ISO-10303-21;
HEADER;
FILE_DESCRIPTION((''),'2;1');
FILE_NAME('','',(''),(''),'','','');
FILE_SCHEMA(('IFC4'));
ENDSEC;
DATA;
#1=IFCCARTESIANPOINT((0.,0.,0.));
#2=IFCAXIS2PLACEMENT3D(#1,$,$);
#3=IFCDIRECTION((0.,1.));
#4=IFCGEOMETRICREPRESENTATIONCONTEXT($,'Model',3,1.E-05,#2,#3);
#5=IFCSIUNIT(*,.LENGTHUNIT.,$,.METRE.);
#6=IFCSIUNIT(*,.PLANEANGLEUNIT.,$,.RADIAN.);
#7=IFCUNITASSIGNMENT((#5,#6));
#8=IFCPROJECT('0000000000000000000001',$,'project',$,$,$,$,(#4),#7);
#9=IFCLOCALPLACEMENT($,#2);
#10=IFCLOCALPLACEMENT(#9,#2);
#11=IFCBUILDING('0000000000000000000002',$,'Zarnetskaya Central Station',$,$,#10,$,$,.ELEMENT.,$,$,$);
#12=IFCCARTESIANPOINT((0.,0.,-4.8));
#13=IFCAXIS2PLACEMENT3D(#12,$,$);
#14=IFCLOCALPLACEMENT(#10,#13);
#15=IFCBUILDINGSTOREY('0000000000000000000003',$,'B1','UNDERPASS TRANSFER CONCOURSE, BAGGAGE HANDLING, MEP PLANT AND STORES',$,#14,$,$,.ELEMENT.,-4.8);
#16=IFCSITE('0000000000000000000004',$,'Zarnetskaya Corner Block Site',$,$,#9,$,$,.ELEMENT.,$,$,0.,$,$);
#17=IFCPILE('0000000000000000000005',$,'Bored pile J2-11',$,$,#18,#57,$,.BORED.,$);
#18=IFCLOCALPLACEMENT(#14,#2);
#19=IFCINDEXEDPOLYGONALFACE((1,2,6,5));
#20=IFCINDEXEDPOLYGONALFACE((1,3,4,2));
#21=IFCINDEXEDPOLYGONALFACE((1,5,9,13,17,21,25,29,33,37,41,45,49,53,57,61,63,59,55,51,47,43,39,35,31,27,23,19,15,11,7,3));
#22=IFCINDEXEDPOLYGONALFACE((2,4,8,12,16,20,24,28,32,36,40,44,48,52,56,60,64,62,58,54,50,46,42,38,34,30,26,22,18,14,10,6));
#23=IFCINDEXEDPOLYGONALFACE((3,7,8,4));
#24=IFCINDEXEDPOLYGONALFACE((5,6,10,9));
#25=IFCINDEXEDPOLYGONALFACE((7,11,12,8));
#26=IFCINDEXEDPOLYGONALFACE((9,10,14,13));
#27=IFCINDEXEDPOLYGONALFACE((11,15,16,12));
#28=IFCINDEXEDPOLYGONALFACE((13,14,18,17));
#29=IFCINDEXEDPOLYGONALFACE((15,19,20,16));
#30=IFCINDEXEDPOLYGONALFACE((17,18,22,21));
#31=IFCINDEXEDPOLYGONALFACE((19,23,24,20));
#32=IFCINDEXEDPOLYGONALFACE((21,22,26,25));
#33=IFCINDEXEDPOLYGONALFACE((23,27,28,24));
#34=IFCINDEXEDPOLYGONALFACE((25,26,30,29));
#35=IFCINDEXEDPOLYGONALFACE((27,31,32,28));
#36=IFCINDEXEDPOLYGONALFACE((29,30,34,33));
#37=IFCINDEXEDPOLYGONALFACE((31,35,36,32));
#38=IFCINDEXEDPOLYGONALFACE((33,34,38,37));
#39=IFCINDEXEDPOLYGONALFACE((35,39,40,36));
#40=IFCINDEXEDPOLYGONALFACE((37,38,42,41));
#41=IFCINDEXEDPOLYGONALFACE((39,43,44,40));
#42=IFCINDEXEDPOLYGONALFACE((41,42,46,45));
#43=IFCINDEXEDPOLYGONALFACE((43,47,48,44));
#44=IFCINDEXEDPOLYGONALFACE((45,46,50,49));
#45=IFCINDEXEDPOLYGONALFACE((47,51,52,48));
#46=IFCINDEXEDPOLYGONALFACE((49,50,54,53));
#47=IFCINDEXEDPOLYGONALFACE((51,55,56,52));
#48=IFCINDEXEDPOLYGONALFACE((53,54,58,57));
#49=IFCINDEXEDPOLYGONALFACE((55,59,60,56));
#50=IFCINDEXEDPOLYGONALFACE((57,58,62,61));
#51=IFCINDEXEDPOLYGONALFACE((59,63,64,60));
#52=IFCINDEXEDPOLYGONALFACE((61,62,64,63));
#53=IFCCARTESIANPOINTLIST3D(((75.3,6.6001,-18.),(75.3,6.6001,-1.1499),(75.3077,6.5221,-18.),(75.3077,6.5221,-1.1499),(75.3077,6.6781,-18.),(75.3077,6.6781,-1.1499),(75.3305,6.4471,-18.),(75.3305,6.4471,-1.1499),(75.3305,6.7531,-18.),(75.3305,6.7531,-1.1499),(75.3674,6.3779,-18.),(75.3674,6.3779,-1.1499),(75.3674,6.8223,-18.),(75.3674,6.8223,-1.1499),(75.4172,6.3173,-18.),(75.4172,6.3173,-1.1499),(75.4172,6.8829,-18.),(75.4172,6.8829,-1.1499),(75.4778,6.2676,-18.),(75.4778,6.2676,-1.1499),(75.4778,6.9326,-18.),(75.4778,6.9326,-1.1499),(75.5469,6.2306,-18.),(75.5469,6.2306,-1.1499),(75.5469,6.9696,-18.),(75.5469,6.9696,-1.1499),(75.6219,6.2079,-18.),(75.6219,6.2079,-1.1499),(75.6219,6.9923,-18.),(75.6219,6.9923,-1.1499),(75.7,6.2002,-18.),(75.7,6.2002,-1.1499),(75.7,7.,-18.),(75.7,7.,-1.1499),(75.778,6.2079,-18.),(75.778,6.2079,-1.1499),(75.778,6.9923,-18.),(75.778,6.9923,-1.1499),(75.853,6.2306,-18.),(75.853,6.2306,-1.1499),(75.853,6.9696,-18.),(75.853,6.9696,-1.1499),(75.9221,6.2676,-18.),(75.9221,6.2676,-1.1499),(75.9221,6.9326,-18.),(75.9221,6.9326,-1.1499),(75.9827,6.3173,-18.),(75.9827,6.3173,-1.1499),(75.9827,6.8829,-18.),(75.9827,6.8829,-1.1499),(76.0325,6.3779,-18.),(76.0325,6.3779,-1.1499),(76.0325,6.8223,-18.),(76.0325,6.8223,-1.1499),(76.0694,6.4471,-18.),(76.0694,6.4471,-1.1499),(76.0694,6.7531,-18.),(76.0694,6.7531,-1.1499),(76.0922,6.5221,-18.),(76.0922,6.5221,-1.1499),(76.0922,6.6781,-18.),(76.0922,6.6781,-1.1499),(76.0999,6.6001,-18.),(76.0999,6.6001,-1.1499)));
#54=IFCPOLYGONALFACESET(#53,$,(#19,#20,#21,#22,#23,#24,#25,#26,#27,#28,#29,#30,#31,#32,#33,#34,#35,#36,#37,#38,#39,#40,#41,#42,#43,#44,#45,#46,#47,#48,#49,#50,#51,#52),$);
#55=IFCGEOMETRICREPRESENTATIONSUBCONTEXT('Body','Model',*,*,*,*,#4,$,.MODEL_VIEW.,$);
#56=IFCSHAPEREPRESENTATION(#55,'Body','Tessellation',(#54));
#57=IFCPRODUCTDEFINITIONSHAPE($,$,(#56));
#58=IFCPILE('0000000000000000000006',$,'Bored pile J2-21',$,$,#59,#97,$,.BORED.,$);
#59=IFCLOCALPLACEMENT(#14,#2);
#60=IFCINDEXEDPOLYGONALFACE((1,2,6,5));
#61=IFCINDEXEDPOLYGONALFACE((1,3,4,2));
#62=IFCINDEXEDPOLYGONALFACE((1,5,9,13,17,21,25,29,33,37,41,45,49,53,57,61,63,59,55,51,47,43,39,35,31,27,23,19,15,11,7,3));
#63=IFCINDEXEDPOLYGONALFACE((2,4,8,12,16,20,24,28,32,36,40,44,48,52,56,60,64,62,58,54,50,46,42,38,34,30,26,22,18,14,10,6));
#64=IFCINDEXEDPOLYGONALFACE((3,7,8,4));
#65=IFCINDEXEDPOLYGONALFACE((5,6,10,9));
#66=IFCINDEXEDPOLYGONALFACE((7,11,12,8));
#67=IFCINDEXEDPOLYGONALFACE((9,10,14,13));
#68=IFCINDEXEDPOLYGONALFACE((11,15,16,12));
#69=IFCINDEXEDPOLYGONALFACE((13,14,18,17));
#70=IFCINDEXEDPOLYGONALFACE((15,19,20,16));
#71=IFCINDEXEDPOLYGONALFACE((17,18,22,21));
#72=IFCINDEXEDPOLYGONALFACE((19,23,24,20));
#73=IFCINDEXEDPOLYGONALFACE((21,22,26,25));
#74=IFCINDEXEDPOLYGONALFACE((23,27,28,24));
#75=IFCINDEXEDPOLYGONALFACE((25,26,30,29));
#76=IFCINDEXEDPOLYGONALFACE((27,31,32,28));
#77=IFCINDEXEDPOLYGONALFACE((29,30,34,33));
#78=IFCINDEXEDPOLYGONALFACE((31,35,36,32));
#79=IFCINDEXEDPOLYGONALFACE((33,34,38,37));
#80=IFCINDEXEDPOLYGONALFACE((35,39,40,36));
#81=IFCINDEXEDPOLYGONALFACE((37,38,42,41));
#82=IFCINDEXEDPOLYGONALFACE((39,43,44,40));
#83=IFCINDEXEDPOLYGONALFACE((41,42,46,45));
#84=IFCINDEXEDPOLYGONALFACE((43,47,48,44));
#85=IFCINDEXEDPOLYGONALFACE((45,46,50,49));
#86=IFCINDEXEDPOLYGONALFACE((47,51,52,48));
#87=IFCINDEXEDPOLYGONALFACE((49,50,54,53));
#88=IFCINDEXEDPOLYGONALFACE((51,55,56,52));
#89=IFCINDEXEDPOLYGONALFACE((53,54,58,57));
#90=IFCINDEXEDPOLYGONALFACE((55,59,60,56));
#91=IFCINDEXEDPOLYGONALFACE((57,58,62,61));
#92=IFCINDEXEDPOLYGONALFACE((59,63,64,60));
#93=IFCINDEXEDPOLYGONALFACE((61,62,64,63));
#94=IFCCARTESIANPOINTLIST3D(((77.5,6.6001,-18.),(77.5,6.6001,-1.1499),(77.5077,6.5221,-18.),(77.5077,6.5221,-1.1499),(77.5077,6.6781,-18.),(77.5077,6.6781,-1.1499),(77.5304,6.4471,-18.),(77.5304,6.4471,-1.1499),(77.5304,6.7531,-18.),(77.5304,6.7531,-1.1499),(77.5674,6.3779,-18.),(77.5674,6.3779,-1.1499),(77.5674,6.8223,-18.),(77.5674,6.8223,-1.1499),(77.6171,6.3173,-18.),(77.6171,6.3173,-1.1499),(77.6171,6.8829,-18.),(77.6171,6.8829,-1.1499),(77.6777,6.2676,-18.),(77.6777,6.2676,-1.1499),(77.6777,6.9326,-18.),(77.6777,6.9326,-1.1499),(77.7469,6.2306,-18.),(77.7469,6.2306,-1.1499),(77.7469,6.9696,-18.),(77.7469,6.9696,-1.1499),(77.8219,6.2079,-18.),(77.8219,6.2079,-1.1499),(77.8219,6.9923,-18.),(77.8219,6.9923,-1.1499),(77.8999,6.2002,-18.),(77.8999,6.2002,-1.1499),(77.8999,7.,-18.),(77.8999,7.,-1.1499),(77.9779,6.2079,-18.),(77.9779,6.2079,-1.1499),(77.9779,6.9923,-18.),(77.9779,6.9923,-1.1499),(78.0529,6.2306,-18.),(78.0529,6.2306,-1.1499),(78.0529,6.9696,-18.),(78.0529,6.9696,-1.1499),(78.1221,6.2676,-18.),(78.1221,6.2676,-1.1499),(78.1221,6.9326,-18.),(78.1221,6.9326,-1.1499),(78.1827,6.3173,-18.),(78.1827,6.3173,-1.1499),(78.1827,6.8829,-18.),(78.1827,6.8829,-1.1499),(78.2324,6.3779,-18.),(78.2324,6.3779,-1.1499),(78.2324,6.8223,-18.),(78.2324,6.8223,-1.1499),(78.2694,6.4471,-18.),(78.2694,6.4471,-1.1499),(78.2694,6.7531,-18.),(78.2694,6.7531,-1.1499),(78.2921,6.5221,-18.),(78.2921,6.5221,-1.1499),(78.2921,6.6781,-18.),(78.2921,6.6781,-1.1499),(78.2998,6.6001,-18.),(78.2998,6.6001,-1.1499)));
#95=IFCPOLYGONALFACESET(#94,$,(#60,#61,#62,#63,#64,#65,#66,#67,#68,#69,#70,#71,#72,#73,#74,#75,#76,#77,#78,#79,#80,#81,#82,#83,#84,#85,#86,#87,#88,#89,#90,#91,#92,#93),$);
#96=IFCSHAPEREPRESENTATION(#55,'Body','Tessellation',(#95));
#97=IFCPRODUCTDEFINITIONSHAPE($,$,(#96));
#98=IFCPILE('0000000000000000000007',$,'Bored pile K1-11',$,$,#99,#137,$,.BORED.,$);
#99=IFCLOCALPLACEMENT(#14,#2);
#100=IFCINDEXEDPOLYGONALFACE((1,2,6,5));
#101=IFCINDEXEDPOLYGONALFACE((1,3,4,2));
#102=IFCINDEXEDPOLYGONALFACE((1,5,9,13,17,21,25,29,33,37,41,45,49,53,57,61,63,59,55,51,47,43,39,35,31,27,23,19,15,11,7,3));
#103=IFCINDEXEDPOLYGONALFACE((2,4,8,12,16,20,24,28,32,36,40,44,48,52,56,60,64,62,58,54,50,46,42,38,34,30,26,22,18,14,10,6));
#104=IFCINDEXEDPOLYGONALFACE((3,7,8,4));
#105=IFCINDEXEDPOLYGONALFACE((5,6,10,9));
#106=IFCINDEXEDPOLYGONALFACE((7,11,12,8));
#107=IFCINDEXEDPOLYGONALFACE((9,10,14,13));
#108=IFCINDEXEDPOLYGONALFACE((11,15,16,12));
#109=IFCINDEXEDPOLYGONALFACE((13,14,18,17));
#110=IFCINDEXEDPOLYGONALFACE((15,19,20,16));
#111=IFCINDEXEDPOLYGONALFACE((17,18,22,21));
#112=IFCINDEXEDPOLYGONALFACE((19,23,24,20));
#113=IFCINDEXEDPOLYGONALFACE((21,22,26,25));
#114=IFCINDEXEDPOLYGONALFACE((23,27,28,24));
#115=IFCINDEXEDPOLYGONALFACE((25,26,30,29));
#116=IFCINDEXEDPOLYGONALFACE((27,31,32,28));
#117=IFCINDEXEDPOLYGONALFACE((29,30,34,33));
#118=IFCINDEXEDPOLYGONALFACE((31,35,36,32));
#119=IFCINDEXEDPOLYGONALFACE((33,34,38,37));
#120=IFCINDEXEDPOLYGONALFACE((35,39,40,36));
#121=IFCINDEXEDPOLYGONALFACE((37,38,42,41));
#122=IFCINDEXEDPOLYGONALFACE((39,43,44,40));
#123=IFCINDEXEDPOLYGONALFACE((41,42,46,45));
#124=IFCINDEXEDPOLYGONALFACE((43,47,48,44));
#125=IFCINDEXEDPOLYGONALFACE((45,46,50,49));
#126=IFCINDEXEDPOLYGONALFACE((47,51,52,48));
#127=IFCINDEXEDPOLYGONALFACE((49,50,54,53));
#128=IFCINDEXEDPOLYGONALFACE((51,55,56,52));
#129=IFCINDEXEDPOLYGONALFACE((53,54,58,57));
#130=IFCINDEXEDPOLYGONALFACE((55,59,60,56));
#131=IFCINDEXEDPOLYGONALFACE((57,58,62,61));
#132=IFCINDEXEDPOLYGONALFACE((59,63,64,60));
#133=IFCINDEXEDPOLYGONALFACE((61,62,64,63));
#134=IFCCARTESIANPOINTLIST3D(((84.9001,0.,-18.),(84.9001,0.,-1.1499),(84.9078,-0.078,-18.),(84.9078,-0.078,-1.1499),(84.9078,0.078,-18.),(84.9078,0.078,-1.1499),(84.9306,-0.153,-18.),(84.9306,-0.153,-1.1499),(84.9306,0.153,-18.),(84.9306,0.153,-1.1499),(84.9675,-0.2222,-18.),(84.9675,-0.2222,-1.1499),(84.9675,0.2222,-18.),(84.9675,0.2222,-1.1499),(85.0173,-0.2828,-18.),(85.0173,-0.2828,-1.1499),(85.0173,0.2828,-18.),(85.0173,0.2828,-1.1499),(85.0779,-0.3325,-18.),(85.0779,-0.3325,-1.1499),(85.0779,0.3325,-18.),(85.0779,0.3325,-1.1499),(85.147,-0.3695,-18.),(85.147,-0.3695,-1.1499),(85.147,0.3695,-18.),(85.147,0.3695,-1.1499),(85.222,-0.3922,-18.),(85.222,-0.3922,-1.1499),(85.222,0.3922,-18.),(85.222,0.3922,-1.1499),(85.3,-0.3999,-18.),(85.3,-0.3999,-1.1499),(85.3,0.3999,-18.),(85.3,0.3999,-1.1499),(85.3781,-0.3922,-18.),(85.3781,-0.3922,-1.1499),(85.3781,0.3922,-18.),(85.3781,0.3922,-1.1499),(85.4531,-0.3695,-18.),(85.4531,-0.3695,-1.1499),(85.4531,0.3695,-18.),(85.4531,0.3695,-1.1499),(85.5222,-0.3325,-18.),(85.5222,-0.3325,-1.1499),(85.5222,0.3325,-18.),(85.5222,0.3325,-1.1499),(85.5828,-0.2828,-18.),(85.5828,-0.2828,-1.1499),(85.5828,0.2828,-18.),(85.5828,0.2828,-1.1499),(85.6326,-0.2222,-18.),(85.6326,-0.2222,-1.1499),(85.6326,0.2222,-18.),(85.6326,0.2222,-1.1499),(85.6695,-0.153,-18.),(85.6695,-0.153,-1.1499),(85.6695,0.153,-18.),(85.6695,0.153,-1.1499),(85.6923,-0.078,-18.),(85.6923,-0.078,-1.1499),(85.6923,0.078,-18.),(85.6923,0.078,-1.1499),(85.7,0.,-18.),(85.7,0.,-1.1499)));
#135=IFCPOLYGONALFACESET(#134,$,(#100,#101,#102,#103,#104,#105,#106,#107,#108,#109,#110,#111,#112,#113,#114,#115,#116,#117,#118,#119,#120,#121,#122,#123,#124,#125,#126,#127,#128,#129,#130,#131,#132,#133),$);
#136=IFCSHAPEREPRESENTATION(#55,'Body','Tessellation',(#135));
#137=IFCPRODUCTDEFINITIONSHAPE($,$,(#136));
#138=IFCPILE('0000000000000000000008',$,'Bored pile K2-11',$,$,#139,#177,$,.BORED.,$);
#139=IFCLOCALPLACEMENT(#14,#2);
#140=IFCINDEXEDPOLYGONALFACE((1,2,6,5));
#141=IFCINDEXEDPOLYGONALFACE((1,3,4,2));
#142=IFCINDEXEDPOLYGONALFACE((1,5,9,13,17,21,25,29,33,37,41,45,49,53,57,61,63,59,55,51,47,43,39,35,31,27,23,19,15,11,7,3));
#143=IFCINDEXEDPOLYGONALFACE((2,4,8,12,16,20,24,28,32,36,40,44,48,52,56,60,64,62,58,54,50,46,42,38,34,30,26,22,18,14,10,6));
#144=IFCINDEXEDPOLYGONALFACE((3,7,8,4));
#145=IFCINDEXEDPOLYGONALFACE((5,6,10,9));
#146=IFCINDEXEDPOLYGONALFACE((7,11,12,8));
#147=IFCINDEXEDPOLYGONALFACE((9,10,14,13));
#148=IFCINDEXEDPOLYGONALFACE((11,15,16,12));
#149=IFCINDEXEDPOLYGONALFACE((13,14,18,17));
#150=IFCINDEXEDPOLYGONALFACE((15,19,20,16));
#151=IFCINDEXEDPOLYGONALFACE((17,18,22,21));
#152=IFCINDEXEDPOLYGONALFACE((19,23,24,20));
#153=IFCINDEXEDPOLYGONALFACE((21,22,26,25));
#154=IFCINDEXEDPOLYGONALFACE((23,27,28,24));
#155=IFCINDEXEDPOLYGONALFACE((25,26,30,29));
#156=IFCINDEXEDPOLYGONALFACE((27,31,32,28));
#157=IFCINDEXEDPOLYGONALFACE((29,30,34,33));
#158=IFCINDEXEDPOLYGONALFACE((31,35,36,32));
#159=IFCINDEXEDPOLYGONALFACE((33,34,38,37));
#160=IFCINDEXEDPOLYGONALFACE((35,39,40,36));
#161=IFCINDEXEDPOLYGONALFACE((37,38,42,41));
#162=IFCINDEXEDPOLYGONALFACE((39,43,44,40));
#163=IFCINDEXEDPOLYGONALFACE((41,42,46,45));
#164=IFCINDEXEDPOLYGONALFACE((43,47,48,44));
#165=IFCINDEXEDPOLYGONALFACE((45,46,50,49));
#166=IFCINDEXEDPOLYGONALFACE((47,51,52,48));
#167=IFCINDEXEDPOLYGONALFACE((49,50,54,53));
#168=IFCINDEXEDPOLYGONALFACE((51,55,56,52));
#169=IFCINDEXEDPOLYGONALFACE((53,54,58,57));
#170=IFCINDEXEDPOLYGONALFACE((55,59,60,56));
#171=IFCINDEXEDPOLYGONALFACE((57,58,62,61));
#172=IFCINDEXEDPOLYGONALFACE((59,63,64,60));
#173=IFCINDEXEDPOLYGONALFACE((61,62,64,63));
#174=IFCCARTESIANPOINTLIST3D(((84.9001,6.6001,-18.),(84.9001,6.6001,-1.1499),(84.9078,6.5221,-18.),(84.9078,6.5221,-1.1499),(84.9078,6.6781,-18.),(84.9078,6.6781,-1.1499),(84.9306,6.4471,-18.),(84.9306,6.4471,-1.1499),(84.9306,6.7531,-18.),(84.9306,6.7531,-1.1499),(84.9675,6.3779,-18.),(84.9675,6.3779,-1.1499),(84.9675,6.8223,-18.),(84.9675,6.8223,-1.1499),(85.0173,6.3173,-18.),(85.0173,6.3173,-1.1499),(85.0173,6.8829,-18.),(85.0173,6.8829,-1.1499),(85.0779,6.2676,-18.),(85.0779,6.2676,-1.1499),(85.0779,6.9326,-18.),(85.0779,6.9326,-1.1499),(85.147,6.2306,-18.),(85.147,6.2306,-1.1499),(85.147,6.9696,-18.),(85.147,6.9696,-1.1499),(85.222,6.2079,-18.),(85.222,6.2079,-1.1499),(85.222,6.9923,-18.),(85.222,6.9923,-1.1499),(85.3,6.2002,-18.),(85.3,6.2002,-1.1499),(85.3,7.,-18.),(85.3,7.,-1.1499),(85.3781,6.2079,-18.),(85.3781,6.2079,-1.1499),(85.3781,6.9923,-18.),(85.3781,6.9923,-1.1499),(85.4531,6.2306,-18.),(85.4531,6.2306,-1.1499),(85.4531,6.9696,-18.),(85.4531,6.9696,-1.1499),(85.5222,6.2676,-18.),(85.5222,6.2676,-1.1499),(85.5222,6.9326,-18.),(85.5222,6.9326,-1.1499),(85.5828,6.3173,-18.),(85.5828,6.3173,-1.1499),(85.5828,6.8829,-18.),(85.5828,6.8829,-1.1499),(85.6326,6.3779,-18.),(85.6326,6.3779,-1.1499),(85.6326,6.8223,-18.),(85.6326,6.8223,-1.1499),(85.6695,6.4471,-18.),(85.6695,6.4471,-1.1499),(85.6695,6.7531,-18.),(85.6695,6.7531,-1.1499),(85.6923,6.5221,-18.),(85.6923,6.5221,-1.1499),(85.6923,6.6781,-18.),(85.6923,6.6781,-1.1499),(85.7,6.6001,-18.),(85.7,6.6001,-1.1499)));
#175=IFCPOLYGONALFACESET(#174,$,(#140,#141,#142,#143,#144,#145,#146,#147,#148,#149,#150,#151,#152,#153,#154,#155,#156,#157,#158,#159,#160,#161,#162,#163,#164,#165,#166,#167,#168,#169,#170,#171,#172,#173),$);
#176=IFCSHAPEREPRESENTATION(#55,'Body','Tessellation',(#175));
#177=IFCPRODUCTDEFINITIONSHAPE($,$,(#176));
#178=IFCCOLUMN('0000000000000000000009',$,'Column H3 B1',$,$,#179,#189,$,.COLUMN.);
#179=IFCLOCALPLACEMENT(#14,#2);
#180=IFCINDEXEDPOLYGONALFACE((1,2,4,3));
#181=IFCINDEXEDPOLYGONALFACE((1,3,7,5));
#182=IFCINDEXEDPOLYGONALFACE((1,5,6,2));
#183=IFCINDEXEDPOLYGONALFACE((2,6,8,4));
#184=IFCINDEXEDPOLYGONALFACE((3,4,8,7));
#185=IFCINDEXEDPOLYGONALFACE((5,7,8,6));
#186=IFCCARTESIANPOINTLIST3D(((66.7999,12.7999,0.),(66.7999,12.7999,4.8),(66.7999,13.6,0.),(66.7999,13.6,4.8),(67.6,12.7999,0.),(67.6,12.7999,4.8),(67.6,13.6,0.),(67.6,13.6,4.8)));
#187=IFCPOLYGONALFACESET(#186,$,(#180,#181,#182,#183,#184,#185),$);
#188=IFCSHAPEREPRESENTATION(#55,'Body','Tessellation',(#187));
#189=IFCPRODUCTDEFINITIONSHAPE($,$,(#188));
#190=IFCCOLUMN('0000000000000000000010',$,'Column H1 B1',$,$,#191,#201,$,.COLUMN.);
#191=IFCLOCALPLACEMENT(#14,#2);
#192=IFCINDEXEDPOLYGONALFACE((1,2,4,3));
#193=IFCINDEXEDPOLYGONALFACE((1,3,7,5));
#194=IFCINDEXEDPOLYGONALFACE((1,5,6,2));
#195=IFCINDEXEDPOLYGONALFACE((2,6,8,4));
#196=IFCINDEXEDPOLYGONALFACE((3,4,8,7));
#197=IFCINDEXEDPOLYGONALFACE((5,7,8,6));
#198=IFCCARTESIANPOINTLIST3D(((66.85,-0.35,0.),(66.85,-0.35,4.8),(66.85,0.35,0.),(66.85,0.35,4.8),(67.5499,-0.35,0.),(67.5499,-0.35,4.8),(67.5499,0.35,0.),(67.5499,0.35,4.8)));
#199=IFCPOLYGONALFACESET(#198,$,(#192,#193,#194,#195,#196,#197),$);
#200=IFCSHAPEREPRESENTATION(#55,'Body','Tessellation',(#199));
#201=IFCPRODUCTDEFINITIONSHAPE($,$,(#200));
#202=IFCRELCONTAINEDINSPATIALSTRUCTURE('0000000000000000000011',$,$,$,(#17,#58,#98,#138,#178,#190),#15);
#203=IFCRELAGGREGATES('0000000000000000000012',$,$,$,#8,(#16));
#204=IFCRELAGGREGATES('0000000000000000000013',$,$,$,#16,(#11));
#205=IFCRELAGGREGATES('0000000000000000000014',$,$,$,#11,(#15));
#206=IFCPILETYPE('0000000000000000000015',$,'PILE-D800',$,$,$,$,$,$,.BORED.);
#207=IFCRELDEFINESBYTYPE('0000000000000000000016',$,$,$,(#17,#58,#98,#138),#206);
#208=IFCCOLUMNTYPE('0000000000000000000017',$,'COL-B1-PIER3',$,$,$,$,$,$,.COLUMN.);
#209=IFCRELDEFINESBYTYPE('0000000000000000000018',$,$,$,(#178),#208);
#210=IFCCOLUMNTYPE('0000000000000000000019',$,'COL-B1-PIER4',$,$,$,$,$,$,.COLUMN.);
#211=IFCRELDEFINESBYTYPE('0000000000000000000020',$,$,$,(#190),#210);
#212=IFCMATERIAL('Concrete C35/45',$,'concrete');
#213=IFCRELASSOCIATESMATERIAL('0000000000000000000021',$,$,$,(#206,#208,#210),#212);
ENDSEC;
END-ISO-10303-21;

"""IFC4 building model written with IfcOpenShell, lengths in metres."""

from ifc_helpers import new_model, si_unit, direction, frame, origin, origin_2d, place, context, subcontext, project, spatial, rectangle, circle, extrude, material, material_profile, profile_set, type_object, element, save


model = new_model("IFC4")

# Units and contexts
model_context = context("Model", 3, precision=1e-05, world=origin(), true_north=direction((0.0, 1.0)))
body_context = subcontext(model_context, "Body", "Model", "MODEL_VIEW")
ifc_project = project(units=[si_unit("LENGTHUNIT", "METRE"), si_unit("PLANEANGLEUNIT", "RADIAN")], contexts=[model_context])

# Site, building, storey
site_placement = place(None, origin())
site = spatial("IfcSite", under=ifc_project, at=site_placement, Name="Zarnetskaya Corner Block Site", CompositionType="ELEMENT", RefElevation=0.0)
building_placement = place(site_placement, origin())
building = spatial("IfcBuilding", under=site, at=building_placement, Name="Zarnetskaya Central Station", CompositionType="ELEMENT")
storey_placement = place(building_placement, frame((0.0, 0.0, -4.8)))
storey = spatial("IfcBuildingStorey", under=building, at=storey_placement, Name="B1", Description="UNDERPASS TRANSFER CONCOURSE, BAGGAGE HANDLING, MEP PLANT AND STORES", CompositionType="ELEMENT", Elevation=-4.8)

# Shared definitions
ifc_material_1 = material(Name="Concrete C35/45", Category="concrete")

# Piles
ifc_material_profile_1 = material_profile(ifc_material_1, circle(Radius=0.3999, at=origin_2d()), Name="BORED PILE D800")
ifc_profile_set_1 = profile_set([ifc_material_profile_1], Name="Concrete C35/45")
pile_type_1 = type_object("IfcPileType", Name="PILE-D800", PredefinedType="BORED", material=ifc_profile_set_1)
for number, where, z_axis, x_axis, name in (
    (1, (75.7, 6.6001, -1.1499), (0.0, 0.0, -1.0), (1.0, 0.0, 0.0), "Bored pile J2-11"),
    (2, (77.8999, 6.6001, -1.1499), (0.0, 0.0, -1.0), (1.0, 0.0, 0.0), "Bored pile J2-21"),
    (3, (85.3, 0.0, -1.1499), (0.0, 0.0, -1.0), (1.0, 0.0, 0.0), "Bored pile K1-11"),
    (4, (85.3, 6.6001, -1.1499), (0.0, 0.0, -1.0), (1.0, 0.0, 0.0), "Bored pile K2-11"),
):
    element("IfcPile", number, at=place(storey_placement, frame(where, z_axis=z_axis, x_axis=x_axis)), inside=storey, type_object=pile_type_1, Name=name, PredefinedType="BORED", context=body_context, shape_type="SweptSolid", body=[
        extrude(circle(Radius=0.3999, at=origin_2d()), origin(), (0.0, 0.0, 1.0), 16.8501),
    ])

# Columns
ifc_material_profile_2 = material_profile(ifc_material_1, rectangle(XDim=0.8, YDim=0.8, at=origin_2d()), Name="RC 800x800")
ifc_profile_set_2 = profile_set([ifc_material_profile_2], Name="Concrete C35/45")
column_type_1 = type_object("IfcColumnType", Name="COL-B1-PIER3", PredefinedType="COLUMN", material=ifc_profile_set_2)
column_1_placement = place(storey_placement, frame((67.2, 13.2, 0.0), z_axis=(0.0, 0.0, 1.0), x_axis=(1.0, 0.0, 0.0)))
element("IfcColumn", 5, at=column_1_placement, inside=storey, type_object=column_type_1, Name="Column H3 B1", PredefinedType="COLUMN", context=body_context, shape_type="SweptSolid", body=[
    extrude(rectangle(XDim=0.8, YDim=0.8, at=origin_2d()), origin(), (0.0, 0.0, 1.0), 4.8),
])
ifc_material_profile_3 = material_profile(ifc_material_1, rectangle(XDim=0.7, YDim=0.7, at=origin_2d()), Name="RC 700x700")
ifc_profile_set_3 = profile_set([ifc_material_profile_3], Name="Concrete C35/45")
column_type_2 = type_object("IfcColumnType", Name="COL-B1-PIER4", PredefinedType="COLUMN", material=ifc_profile_set_3)
for number, where, z_axis, x_axis, name in (
    (6, (67.2, 0.0, 0.0), (0.0, 0.0, 1.0), (1.0, 0.0, 0.0), "Column H1 B1"),
):
    element("IfcColumn", number, at=place(storey_placement, frame(where, z_axis=z_axis, x_axis=x_axis)), inside=storey, type_object=column_type_2, Name=name, PredefinedType="COLUMN", context=body_context, shape_type="SweptSolid", body=[
        extrude(rectangle(XDim=0.7, YDim=0.7, at=origin_2d()), origin(), (0.0, 0.0, 1.0), 4.8),
    ])

save(model, "model.ifc")
